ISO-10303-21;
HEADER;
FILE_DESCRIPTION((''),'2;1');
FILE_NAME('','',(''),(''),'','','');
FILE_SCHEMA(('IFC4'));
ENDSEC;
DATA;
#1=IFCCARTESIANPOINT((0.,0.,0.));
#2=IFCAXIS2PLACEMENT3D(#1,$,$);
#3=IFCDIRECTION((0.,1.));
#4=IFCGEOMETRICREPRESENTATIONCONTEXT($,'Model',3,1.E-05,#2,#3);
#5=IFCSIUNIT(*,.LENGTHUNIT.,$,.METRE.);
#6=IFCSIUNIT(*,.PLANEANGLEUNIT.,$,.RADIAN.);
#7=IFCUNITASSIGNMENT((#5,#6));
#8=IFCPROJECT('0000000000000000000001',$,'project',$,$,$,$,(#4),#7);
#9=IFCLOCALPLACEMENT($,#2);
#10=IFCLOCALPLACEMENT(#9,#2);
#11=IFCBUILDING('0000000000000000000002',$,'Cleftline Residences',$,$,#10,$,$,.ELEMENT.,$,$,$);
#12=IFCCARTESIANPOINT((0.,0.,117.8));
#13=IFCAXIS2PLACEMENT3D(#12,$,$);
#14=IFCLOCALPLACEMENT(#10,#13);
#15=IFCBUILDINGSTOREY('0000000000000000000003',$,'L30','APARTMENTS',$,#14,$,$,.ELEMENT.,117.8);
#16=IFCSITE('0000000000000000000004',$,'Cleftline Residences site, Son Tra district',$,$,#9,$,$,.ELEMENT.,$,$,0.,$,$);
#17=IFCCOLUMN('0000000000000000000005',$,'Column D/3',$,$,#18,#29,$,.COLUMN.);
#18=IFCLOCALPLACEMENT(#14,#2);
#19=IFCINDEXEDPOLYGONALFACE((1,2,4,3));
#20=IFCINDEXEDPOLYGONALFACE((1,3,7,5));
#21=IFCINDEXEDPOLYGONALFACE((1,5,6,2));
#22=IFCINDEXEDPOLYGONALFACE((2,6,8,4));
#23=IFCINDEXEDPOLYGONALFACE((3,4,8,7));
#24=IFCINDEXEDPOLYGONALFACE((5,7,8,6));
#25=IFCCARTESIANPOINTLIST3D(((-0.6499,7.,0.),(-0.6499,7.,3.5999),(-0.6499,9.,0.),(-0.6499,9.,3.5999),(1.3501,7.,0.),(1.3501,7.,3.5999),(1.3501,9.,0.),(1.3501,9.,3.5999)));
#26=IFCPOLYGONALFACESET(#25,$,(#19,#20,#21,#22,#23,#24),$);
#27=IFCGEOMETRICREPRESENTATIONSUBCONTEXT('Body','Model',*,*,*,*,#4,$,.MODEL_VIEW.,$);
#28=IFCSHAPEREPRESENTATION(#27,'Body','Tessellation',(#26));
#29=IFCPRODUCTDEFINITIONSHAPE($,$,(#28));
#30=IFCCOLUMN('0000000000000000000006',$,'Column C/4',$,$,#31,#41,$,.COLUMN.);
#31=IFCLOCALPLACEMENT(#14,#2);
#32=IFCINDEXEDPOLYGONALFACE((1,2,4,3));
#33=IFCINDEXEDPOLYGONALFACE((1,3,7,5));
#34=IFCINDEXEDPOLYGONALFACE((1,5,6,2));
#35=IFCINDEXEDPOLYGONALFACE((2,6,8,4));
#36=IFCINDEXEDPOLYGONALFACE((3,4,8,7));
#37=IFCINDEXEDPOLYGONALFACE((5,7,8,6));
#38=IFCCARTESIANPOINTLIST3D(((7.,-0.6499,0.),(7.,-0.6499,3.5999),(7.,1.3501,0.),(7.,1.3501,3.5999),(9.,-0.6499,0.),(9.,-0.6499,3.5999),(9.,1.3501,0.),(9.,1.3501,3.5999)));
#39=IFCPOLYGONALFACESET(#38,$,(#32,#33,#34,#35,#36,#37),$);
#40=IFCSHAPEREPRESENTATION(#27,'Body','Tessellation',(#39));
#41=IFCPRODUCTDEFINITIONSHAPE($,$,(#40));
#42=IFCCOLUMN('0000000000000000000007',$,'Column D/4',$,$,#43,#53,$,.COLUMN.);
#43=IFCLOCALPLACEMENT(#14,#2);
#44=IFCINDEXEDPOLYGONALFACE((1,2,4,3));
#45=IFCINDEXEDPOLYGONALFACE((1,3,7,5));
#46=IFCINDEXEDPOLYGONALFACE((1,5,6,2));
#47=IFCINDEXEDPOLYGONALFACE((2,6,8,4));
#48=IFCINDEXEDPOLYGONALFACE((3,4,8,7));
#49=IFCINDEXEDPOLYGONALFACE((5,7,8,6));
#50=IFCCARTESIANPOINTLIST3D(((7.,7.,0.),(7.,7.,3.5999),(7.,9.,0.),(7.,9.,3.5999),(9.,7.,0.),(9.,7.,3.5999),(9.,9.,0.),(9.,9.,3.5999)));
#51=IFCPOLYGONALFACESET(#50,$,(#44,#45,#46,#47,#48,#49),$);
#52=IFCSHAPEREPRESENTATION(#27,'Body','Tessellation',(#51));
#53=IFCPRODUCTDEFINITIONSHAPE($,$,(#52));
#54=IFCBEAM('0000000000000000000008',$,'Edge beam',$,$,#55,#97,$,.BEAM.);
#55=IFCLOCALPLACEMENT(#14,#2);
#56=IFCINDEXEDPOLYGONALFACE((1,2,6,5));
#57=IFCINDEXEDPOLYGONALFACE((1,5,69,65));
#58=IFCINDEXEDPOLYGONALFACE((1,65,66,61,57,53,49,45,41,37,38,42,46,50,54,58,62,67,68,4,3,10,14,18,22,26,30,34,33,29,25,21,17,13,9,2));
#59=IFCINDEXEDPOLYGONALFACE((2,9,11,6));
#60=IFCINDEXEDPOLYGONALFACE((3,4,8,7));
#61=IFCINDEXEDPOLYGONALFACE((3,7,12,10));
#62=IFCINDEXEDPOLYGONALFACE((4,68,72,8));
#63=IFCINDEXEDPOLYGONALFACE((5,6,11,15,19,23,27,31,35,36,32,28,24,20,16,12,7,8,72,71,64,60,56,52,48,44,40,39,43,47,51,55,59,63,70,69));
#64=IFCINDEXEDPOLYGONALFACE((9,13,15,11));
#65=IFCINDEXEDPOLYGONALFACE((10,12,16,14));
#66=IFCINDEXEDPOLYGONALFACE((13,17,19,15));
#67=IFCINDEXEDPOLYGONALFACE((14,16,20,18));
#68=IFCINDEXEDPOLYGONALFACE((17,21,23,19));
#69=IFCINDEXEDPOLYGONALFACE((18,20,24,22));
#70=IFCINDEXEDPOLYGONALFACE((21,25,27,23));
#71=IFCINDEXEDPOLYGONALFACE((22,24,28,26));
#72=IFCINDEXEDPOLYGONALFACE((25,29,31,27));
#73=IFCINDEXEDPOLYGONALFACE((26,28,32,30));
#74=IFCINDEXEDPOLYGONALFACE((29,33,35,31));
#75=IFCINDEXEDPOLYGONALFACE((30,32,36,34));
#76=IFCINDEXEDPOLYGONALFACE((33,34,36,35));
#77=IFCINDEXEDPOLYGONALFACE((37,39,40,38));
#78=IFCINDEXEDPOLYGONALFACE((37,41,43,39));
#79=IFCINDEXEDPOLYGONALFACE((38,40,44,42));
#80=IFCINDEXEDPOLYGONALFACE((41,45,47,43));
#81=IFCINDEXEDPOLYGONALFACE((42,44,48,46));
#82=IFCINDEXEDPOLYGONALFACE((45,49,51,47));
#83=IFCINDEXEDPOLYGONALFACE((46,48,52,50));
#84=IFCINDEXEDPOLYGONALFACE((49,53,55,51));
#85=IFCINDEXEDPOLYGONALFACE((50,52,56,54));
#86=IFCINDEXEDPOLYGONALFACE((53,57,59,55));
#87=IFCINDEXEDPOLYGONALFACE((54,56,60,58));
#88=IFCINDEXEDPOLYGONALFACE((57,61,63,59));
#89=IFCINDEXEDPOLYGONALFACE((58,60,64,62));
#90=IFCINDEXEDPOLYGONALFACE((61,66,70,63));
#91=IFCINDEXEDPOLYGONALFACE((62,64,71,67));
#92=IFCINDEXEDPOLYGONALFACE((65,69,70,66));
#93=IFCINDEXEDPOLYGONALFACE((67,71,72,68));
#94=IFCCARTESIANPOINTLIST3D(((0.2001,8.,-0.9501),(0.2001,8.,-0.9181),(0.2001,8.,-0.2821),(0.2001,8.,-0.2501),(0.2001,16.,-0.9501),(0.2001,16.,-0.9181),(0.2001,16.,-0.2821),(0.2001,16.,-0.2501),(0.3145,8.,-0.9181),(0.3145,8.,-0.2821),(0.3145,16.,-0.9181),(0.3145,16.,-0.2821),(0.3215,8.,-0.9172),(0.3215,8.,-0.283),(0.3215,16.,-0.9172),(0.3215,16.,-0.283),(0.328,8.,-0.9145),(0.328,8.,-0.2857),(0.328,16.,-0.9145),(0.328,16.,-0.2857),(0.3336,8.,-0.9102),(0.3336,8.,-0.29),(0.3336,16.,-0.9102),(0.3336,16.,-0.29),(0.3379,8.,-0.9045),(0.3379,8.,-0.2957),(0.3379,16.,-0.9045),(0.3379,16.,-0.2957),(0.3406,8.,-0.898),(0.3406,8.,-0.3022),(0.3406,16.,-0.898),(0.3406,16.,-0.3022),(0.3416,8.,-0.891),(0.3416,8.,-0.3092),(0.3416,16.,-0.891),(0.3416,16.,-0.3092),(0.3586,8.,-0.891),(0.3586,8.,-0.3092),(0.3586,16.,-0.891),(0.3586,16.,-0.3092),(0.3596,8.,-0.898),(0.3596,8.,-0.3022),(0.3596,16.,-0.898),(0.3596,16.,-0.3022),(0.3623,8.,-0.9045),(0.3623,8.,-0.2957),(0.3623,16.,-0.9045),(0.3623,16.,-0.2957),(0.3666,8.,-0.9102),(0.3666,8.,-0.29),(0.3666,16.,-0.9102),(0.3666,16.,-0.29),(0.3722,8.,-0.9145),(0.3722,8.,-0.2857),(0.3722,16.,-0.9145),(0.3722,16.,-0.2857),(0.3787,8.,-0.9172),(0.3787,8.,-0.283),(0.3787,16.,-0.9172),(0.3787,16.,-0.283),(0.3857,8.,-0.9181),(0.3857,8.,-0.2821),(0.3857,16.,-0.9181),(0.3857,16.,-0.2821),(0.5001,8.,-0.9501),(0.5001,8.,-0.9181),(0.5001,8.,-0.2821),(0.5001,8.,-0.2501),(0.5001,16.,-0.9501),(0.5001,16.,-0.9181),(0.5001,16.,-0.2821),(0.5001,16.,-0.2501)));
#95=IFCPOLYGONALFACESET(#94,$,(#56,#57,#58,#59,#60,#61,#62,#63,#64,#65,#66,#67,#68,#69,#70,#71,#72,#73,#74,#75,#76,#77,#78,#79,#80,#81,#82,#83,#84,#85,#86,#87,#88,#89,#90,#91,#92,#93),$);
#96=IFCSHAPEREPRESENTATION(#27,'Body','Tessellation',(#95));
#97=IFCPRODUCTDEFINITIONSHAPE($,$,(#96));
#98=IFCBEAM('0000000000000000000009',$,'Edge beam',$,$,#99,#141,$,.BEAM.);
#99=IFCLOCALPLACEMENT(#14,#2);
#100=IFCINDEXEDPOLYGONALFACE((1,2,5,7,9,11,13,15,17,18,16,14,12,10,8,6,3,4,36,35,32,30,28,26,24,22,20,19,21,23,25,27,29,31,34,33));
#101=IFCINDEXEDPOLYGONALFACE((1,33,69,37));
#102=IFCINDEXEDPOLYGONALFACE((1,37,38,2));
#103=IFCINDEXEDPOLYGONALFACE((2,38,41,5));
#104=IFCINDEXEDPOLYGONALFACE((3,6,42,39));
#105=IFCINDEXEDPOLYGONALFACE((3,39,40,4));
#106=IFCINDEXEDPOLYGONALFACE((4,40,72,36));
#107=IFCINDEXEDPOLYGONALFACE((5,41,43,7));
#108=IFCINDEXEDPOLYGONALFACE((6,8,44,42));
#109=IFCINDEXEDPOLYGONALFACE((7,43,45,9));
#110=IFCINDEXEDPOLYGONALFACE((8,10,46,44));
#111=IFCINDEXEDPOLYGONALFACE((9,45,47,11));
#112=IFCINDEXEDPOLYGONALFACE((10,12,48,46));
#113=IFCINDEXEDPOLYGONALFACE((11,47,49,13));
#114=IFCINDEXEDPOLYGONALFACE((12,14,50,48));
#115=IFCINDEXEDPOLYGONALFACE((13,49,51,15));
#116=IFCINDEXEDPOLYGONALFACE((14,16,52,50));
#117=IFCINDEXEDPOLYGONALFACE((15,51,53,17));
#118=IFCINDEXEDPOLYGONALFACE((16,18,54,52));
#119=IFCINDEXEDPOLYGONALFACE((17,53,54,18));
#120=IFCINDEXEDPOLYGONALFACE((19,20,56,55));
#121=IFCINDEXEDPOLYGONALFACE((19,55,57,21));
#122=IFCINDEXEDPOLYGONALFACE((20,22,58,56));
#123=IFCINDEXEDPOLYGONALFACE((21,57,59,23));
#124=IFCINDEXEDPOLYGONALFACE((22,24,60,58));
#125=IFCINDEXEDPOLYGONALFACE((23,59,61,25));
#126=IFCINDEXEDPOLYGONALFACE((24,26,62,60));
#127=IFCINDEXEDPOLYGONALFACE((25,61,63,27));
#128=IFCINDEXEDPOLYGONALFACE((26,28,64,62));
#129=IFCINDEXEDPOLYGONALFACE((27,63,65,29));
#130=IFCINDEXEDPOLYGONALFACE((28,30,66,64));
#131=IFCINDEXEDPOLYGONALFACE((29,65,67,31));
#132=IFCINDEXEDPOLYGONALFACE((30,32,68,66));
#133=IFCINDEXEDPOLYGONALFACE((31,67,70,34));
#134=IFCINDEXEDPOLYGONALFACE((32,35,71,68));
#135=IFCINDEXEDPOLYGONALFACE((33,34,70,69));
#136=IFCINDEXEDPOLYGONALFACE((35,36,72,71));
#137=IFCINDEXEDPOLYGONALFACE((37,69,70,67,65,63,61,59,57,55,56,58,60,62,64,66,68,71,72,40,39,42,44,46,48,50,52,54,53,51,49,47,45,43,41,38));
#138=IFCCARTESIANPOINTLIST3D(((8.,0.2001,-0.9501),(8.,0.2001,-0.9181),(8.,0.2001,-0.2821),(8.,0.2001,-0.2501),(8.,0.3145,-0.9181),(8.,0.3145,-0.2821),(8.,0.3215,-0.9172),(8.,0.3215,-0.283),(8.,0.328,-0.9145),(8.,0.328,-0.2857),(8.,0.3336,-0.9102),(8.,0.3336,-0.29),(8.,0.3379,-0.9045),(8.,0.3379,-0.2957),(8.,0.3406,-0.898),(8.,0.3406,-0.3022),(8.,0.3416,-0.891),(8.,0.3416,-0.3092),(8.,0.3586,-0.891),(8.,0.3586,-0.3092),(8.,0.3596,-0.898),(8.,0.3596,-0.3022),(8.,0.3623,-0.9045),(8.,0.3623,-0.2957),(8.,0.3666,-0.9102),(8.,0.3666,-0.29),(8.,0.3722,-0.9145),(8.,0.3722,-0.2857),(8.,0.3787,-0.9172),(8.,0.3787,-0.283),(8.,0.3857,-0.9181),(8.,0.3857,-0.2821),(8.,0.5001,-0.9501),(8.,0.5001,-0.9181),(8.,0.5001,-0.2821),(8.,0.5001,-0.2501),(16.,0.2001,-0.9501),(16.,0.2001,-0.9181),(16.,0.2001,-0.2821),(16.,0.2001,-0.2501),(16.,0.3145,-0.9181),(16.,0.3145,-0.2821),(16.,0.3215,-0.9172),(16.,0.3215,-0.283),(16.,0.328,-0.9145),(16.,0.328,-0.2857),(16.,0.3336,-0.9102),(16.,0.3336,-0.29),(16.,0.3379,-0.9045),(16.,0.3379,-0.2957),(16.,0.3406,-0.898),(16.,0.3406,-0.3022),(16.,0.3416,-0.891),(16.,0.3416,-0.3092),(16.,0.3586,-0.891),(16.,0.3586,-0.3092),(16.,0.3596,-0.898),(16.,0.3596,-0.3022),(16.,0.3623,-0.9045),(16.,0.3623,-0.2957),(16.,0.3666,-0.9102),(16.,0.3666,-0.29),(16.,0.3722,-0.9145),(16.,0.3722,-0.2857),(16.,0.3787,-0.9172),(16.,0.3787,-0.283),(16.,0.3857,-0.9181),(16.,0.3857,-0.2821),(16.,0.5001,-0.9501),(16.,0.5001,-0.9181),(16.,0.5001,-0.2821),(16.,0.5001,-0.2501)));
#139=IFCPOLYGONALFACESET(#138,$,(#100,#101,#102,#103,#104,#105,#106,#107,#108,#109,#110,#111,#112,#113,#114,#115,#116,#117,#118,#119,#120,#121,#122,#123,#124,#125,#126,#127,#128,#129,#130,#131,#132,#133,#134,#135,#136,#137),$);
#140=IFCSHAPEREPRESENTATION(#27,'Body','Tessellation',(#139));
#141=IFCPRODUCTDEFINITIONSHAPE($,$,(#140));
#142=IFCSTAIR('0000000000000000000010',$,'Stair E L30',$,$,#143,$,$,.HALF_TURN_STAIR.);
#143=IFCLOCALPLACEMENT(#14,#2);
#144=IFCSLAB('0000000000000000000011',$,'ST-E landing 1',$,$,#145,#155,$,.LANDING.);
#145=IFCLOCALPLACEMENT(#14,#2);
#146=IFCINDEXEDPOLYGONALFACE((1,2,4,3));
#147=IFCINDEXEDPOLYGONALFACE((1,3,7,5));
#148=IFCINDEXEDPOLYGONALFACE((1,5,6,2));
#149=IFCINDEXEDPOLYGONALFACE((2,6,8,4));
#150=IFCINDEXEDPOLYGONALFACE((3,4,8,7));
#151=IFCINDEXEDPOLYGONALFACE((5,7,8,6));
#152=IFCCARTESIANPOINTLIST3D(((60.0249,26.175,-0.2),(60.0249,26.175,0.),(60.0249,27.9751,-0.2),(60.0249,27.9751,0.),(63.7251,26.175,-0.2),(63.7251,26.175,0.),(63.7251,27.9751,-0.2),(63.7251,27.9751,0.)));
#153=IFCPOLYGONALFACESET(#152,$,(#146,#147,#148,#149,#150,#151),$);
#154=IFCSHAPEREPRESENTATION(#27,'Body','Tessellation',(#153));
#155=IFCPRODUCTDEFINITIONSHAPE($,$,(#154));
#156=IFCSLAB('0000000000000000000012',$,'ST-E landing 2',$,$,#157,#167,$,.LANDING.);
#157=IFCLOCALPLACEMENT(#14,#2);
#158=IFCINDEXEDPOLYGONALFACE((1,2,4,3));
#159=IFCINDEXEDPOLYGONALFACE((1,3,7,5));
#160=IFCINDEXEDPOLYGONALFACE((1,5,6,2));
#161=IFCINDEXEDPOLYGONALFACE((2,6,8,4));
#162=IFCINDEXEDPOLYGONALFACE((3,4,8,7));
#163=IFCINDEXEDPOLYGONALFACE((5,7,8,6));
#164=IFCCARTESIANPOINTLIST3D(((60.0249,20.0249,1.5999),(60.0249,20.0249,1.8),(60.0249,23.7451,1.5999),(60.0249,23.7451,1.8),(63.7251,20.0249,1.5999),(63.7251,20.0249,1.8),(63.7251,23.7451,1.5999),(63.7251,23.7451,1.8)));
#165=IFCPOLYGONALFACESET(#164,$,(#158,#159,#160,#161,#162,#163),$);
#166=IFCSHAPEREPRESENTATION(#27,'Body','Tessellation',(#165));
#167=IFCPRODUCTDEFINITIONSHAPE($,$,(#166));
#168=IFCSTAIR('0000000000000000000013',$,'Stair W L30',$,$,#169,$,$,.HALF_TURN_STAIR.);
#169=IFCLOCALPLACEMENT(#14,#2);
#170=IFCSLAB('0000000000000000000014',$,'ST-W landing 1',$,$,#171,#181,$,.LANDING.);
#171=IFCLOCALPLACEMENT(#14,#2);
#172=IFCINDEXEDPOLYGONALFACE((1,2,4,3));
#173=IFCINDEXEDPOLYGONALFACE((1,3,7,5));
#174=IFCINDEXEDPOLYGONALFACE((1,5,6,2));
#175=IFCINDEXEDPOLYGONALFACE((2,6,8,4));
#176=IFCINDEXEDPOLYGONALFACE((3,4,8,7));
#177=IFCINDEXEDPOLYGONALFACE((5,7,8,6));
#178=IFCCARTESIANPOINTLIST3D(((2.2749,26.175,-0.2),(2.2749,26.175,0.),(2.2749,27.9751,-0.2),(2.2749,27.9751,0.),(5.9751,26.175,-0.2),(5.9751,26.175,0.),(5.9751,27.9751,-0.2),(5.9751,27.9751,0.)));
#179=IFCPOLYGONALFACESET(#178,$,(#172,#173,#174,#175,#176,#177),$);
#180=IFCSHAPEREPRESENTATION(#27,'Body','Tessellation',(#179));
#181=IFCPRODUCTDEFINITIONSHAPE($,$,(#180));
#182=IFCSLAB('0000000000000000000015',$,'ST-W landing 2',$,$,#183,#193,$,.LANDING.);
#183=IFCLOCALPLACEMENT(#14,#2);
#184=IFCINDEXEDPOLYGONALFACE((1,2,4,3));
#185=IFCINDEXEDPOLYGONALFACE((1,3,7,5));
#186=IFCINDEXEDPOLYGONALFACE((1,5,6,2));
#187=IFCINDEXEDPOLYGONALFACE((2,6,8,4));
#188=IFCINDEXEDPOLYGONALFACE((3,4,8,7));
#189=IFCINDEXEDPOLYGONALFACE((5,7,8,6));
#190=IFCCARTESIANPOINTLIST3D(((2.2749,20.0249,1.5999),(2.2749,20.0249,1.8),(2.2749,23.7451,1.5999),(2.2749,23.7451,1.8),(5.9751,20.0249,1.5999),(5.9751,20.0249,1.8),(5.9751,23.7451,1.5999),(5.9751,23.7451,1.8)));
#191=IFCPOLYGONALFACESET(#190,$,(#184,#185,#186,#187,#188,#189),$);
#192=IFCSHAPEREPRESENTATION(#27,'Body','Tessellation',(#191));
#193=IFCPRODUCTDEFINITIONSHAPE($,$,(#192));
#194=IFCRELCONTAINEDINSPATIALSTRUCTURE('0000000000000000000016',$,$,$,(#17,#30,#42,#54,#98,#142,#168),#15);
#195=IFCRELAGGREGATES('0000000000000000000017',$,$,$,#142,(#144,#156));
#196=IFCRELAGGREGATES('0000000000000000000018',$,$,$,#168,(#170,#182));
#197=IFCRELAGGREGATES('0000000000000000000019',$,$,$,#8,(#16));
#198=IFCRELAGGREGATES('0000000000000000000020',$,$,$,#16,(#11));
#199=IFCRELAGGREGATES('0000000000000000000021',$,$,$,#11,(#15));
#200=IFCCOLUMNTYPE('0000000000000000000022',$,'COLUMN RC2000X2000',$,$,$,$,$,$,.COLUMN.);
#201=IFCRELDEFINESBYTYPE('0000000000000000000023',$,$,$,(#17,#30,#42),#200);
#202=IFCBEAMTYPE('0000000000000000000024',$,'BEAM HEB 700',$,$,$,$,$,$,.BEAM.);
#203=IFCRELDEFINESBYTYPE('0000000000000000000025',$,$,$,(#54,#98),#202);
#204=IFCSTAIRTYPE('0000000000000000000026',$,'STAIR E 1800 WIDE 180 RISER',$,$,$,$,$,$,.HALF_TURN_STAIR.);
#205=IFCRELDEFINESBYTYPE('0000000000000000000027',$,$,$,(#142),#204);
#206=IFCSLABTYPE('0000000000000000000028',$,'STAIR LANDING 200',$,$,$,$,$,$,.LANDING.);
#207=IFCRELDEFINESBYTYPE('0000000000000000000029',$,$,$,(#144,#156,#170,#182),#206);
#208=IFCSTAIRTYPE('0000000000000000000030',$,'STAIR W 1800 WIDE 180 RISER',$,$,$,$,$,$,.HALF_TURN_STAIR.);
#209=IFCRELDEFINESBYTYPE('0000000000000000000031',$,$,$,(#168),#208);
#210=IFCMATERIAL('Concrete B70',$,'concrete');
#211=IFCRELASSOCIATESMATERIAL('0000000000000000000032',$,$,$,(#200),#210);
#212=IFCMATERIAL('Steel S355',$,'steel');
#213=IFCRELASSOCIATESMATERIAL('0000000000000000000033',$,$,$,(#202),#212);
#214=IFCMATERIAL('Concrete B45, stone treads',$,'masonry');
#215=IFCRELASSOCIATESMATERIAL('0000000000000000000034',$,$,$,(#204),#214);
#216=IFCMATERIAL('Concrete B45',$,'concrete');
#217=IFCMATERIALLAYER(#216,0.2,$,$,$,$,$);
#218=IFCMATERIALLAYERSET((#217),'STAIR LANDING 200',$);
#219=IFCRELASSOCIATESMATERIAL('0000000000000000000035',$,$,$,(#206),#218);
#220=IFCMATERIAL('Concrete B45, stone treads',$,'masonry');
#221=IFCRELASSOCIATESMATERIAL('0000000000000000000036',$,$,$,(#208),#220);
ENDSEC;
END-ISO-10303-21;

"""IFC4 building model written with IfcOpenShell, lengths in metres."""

from ifc_helpers import new_model, si_unit, direction, frame, origin, origin_2d, place, context, subcontext, project, spatial, polyline, rectangle, i_section, outline, extrude, material, layer, layer_set, material_profile, profile_set, type_object, element, aggregate, save


model = new_model("IFC4")

# Units and contexts
model_context = context("Model", 3, precision=1e-05, world=origin(), true_north=direction((0.0, 1.0)))
body_context = subcontext(model_context, "Body", "Model", "MODEL_VIEW")
ifc_project = project(units=[si_unit("LENGTHUNIT", "METRE"), si_unit("PLANEANGLEUNIT", "RADIAN")], contexts=[model_context])

# Site, building, storey
site_placement = place(None, origin())
site = spatial("IfcSite", under=ifc_project, at=site_placement, Name="Cleftline Residences site, Son Tra district", CompositionType="ELEMENT", RefElevation=0.0)
building_placement = place(site_placement, origin())
building = spatial("IfcBuilding", under=site, at=building_placement, Name="Cleftline Residences", CompositionType="ELEMENT")
storey_placement = place(building_placement, frame((0.0, 0.0, 117.8)))
storey = spatial("IfcBuildingStorey", under=building, at=storey_placement, Name="L30", Description="APARTMENTS", CompositionType="ELEMENT", Elevation=117.8)

# Columns
ifc_material_1 = material(Name="Concrete B70", Category="concrete")
ifc_material_profile_1 = material_profile(ifc_material_1, rectangle(XDim=2.0, YDim=2.0, at=origin_2d()))
ifc_profile_set_1 = profile_set([ifc_material_profile_1], Name="Concrete B70")
column_type = type_object("IfcColumnType", Name="COLUMN RC2000X2000", PredefinedType="COLUMN", material=ifc_profile_set_1)
for number, where, z_axis, x_axis, name in (
    (1, (0.3501, 8.0, 0.0), (0.0, 0.0, 1.0), (1.0, 0.0, 0.0), "Column D/3"),
    (2, (8.0, 0.3501, 0.0), (0.0, 0.0, 1.0), (1.0, 0.0, 0.0), "Column C/4"),
    (3, (8.0, 8.0, 0.0), (0.0, 0.0, 1.0), (1.0, 0.0, 0.0), "Column D/4"),
):
    element("IfcColumn", number, at=place(storey_placement, frame(where, z_axis=z_axis, x_axis=x_axis)), inside=storey, type_object=column_type, Name=name, PredefinedType="COLUMN", context=body_context, shape_type="SweptSolid", body=[
        extrude(rectangle(XDim=2.0, YDim=2.0, at=origin_2d()), origin(), (0.0, 0.0, 1.0), 3.5999),
    ])

# Beams
ifc_material_2 = material(Name="Steel S355", Category="steel")
ifc_material_profile_2 = material_profile(ifc_material_2, i_section(OverallWidth=0.3, OverallDepth=0.7, WebThickness=0.0171, FlangeThickness=0.032, FilletRadius=0.0271, at=origin_2d()))
ifc_profile_set_2 = profile_set([ifc_material_profile_2], Name="Steel S355")
beam_type = type_object("IfcBeamType", Name="BEAM HEB 700", PredefinedType="BEAM", material=ifc_profile_set_2)
for number, where, z_axis, x_axis, name in (
    (4, (0.3501, 8.0, -0.6001), (0.0, 1.0, 0.0), (-1.0, 0.0, 0.0), "Edge beam"),
    (5, (8.0, 0.3501, -0.6001), (1.0, 0.0, 0.0), (0.0, 1.0, 0.0), "Edge beam"),
):
    element("IfcBeam", number, at=place(storey_placement, frame(where, z_axis=z_axis, x_axis=x_axis)), inside=storey, type_object=beam_type, Name=name, PredefinedType="BEAM", context=body_context, shape_type="SweptSolid", body=[
        extrude(i_section(OverallWidth=0.3, OverallDepth=0.7, WebThickness=0.0171, FlangeThickness=0.032, FilletRadius=0.0271, at=origin_2d()), origin(), (0.0, 0.0, 1.0), 8.0),
    ])

# Stairs, slabs
ifc_material_3 = material(Name="Concrete B45, stone treads", Category="masonry")
stair_type_1 = type_object("IfcStairType", Name="STAIR E 1800 WIDE 180 RISER", PredefinedType="HALF_TURN_STAIR", material=ifc_material_3)
stair_1_placement = place(storey_placement, origin())
stair_1 = element("IfcStair", 6, at=stair_1_placement, inside=storey, type_object=stair_type_1, Name="Stair E L30", PredefinedType="HALF_TURN_STAIR")
ifc_material_4 = material(Name="Concrete B45", Category="concrete")
ifc_layer_1 = layer(ifc_material_4, 0.2)
ifc_layer_set_1 = layer_set([ifc_layer_1], Name="STAIR LANDING 200")
slab_type = type_object("IfcSlabType", Name="STAIR LANDING 200", PredefinedType="LANDING", material=ifc_layer_set_1)
slab_1_placement = place(storey_placement, frame((0.0, 0.0, -0.2)))
slab_1 = element("IfcSlab", 7, at=slab_1_placement, type_object=slab_type, Name="ST-E landing 1", PredefinedType="LANDING", context=body_context, shape_type="SweptSolid", body=[
    extrude(outline(polyline([(60.0249, 26.175), (63.7251, 26.175), (63.7251, 27.9751), (60.0249, 27.9751), (60.0249, 26.175)])), origin(), (0.0, 0.0, 1.0), 0.2),
])
slab_2_placement = place(storey_placement, frame((0.0, 0.0, 1.5999)))
slab_2 = element("IfcSlab", 8, at=slab_2_placement, type_object=slab_type, Name="ST-E landing 2", PredefinedType="LANDING", context=body_context, shape_type="SweptSolid", body=[
    extrude(outline(polyline([(60.0249, 20.0249), (63.7251, 20.0249), (63.7251, 23.7451), (60.0249, 23.7451), (60.0249, 20.0249)])), origin(), (0.0, 0.0, 1.0), 0.2002),
])
aggregate(stair_1, [slab_1, slab_2])
ifc_material_5 = material(Name="Concrete B45, stone treads", Category="masonry")
stair_type_2 = type_object("IfcStairType", Name="STAIR W 1800 WIDE 180 RISER", PredefinedType="HALF_TURN_STAIR", material=ifc_material_5)
stair_2_placement = place(storey_placement, origin())
stair_2 = element("IfcStair", 9, at=stair_2_placement, inside=storey, type_object=stair_type_2, Name="Stair W L30", PredefinedType="HALF_TURN_STAIR")
slab_3_placement = place(storey_placement, frame((0.0, 0.0, -0.2)))
slab_3 = element("IfcSlab", 10, at=slab_3_placement, type_object=slab_type, Name="ST-W landing 1", PredefinedType="LANDING", context=body_context, shape_type="SweptSolid", body=[
    extrude(outline(polyline([(2.2749, 26.175), (5.9751, 26.175), (5.9751, 27.9751), (2.2749, 27.9751), (2.2749, 26.175)])), origin(), (0.0, 0.0, 1.0), 0.2),
])
slab_4_placement = place(storey_placement, frame((0.0, 0.0, 1.5999)))
slab_4 = element("IfcSlab", 11, at=slab_4_placement, type_object=slab_type, Name="ST-W landing 2", PredefinedType="LANDING", context=body_context, shape_type="SweptSolid", body=[
    extrude(outline(polyline([(2.2749, 20.0249), (5.9751, 20.0249), (5.9751, 23.7451), (2.2749, 23.7451), (2.2749, 20.0249)])), origin(), (0.0, 0.0, 1.0), 0.2002),
])
aggregate(stair_2, [slab_3, slab_4])

save(model, "model.ifc")
